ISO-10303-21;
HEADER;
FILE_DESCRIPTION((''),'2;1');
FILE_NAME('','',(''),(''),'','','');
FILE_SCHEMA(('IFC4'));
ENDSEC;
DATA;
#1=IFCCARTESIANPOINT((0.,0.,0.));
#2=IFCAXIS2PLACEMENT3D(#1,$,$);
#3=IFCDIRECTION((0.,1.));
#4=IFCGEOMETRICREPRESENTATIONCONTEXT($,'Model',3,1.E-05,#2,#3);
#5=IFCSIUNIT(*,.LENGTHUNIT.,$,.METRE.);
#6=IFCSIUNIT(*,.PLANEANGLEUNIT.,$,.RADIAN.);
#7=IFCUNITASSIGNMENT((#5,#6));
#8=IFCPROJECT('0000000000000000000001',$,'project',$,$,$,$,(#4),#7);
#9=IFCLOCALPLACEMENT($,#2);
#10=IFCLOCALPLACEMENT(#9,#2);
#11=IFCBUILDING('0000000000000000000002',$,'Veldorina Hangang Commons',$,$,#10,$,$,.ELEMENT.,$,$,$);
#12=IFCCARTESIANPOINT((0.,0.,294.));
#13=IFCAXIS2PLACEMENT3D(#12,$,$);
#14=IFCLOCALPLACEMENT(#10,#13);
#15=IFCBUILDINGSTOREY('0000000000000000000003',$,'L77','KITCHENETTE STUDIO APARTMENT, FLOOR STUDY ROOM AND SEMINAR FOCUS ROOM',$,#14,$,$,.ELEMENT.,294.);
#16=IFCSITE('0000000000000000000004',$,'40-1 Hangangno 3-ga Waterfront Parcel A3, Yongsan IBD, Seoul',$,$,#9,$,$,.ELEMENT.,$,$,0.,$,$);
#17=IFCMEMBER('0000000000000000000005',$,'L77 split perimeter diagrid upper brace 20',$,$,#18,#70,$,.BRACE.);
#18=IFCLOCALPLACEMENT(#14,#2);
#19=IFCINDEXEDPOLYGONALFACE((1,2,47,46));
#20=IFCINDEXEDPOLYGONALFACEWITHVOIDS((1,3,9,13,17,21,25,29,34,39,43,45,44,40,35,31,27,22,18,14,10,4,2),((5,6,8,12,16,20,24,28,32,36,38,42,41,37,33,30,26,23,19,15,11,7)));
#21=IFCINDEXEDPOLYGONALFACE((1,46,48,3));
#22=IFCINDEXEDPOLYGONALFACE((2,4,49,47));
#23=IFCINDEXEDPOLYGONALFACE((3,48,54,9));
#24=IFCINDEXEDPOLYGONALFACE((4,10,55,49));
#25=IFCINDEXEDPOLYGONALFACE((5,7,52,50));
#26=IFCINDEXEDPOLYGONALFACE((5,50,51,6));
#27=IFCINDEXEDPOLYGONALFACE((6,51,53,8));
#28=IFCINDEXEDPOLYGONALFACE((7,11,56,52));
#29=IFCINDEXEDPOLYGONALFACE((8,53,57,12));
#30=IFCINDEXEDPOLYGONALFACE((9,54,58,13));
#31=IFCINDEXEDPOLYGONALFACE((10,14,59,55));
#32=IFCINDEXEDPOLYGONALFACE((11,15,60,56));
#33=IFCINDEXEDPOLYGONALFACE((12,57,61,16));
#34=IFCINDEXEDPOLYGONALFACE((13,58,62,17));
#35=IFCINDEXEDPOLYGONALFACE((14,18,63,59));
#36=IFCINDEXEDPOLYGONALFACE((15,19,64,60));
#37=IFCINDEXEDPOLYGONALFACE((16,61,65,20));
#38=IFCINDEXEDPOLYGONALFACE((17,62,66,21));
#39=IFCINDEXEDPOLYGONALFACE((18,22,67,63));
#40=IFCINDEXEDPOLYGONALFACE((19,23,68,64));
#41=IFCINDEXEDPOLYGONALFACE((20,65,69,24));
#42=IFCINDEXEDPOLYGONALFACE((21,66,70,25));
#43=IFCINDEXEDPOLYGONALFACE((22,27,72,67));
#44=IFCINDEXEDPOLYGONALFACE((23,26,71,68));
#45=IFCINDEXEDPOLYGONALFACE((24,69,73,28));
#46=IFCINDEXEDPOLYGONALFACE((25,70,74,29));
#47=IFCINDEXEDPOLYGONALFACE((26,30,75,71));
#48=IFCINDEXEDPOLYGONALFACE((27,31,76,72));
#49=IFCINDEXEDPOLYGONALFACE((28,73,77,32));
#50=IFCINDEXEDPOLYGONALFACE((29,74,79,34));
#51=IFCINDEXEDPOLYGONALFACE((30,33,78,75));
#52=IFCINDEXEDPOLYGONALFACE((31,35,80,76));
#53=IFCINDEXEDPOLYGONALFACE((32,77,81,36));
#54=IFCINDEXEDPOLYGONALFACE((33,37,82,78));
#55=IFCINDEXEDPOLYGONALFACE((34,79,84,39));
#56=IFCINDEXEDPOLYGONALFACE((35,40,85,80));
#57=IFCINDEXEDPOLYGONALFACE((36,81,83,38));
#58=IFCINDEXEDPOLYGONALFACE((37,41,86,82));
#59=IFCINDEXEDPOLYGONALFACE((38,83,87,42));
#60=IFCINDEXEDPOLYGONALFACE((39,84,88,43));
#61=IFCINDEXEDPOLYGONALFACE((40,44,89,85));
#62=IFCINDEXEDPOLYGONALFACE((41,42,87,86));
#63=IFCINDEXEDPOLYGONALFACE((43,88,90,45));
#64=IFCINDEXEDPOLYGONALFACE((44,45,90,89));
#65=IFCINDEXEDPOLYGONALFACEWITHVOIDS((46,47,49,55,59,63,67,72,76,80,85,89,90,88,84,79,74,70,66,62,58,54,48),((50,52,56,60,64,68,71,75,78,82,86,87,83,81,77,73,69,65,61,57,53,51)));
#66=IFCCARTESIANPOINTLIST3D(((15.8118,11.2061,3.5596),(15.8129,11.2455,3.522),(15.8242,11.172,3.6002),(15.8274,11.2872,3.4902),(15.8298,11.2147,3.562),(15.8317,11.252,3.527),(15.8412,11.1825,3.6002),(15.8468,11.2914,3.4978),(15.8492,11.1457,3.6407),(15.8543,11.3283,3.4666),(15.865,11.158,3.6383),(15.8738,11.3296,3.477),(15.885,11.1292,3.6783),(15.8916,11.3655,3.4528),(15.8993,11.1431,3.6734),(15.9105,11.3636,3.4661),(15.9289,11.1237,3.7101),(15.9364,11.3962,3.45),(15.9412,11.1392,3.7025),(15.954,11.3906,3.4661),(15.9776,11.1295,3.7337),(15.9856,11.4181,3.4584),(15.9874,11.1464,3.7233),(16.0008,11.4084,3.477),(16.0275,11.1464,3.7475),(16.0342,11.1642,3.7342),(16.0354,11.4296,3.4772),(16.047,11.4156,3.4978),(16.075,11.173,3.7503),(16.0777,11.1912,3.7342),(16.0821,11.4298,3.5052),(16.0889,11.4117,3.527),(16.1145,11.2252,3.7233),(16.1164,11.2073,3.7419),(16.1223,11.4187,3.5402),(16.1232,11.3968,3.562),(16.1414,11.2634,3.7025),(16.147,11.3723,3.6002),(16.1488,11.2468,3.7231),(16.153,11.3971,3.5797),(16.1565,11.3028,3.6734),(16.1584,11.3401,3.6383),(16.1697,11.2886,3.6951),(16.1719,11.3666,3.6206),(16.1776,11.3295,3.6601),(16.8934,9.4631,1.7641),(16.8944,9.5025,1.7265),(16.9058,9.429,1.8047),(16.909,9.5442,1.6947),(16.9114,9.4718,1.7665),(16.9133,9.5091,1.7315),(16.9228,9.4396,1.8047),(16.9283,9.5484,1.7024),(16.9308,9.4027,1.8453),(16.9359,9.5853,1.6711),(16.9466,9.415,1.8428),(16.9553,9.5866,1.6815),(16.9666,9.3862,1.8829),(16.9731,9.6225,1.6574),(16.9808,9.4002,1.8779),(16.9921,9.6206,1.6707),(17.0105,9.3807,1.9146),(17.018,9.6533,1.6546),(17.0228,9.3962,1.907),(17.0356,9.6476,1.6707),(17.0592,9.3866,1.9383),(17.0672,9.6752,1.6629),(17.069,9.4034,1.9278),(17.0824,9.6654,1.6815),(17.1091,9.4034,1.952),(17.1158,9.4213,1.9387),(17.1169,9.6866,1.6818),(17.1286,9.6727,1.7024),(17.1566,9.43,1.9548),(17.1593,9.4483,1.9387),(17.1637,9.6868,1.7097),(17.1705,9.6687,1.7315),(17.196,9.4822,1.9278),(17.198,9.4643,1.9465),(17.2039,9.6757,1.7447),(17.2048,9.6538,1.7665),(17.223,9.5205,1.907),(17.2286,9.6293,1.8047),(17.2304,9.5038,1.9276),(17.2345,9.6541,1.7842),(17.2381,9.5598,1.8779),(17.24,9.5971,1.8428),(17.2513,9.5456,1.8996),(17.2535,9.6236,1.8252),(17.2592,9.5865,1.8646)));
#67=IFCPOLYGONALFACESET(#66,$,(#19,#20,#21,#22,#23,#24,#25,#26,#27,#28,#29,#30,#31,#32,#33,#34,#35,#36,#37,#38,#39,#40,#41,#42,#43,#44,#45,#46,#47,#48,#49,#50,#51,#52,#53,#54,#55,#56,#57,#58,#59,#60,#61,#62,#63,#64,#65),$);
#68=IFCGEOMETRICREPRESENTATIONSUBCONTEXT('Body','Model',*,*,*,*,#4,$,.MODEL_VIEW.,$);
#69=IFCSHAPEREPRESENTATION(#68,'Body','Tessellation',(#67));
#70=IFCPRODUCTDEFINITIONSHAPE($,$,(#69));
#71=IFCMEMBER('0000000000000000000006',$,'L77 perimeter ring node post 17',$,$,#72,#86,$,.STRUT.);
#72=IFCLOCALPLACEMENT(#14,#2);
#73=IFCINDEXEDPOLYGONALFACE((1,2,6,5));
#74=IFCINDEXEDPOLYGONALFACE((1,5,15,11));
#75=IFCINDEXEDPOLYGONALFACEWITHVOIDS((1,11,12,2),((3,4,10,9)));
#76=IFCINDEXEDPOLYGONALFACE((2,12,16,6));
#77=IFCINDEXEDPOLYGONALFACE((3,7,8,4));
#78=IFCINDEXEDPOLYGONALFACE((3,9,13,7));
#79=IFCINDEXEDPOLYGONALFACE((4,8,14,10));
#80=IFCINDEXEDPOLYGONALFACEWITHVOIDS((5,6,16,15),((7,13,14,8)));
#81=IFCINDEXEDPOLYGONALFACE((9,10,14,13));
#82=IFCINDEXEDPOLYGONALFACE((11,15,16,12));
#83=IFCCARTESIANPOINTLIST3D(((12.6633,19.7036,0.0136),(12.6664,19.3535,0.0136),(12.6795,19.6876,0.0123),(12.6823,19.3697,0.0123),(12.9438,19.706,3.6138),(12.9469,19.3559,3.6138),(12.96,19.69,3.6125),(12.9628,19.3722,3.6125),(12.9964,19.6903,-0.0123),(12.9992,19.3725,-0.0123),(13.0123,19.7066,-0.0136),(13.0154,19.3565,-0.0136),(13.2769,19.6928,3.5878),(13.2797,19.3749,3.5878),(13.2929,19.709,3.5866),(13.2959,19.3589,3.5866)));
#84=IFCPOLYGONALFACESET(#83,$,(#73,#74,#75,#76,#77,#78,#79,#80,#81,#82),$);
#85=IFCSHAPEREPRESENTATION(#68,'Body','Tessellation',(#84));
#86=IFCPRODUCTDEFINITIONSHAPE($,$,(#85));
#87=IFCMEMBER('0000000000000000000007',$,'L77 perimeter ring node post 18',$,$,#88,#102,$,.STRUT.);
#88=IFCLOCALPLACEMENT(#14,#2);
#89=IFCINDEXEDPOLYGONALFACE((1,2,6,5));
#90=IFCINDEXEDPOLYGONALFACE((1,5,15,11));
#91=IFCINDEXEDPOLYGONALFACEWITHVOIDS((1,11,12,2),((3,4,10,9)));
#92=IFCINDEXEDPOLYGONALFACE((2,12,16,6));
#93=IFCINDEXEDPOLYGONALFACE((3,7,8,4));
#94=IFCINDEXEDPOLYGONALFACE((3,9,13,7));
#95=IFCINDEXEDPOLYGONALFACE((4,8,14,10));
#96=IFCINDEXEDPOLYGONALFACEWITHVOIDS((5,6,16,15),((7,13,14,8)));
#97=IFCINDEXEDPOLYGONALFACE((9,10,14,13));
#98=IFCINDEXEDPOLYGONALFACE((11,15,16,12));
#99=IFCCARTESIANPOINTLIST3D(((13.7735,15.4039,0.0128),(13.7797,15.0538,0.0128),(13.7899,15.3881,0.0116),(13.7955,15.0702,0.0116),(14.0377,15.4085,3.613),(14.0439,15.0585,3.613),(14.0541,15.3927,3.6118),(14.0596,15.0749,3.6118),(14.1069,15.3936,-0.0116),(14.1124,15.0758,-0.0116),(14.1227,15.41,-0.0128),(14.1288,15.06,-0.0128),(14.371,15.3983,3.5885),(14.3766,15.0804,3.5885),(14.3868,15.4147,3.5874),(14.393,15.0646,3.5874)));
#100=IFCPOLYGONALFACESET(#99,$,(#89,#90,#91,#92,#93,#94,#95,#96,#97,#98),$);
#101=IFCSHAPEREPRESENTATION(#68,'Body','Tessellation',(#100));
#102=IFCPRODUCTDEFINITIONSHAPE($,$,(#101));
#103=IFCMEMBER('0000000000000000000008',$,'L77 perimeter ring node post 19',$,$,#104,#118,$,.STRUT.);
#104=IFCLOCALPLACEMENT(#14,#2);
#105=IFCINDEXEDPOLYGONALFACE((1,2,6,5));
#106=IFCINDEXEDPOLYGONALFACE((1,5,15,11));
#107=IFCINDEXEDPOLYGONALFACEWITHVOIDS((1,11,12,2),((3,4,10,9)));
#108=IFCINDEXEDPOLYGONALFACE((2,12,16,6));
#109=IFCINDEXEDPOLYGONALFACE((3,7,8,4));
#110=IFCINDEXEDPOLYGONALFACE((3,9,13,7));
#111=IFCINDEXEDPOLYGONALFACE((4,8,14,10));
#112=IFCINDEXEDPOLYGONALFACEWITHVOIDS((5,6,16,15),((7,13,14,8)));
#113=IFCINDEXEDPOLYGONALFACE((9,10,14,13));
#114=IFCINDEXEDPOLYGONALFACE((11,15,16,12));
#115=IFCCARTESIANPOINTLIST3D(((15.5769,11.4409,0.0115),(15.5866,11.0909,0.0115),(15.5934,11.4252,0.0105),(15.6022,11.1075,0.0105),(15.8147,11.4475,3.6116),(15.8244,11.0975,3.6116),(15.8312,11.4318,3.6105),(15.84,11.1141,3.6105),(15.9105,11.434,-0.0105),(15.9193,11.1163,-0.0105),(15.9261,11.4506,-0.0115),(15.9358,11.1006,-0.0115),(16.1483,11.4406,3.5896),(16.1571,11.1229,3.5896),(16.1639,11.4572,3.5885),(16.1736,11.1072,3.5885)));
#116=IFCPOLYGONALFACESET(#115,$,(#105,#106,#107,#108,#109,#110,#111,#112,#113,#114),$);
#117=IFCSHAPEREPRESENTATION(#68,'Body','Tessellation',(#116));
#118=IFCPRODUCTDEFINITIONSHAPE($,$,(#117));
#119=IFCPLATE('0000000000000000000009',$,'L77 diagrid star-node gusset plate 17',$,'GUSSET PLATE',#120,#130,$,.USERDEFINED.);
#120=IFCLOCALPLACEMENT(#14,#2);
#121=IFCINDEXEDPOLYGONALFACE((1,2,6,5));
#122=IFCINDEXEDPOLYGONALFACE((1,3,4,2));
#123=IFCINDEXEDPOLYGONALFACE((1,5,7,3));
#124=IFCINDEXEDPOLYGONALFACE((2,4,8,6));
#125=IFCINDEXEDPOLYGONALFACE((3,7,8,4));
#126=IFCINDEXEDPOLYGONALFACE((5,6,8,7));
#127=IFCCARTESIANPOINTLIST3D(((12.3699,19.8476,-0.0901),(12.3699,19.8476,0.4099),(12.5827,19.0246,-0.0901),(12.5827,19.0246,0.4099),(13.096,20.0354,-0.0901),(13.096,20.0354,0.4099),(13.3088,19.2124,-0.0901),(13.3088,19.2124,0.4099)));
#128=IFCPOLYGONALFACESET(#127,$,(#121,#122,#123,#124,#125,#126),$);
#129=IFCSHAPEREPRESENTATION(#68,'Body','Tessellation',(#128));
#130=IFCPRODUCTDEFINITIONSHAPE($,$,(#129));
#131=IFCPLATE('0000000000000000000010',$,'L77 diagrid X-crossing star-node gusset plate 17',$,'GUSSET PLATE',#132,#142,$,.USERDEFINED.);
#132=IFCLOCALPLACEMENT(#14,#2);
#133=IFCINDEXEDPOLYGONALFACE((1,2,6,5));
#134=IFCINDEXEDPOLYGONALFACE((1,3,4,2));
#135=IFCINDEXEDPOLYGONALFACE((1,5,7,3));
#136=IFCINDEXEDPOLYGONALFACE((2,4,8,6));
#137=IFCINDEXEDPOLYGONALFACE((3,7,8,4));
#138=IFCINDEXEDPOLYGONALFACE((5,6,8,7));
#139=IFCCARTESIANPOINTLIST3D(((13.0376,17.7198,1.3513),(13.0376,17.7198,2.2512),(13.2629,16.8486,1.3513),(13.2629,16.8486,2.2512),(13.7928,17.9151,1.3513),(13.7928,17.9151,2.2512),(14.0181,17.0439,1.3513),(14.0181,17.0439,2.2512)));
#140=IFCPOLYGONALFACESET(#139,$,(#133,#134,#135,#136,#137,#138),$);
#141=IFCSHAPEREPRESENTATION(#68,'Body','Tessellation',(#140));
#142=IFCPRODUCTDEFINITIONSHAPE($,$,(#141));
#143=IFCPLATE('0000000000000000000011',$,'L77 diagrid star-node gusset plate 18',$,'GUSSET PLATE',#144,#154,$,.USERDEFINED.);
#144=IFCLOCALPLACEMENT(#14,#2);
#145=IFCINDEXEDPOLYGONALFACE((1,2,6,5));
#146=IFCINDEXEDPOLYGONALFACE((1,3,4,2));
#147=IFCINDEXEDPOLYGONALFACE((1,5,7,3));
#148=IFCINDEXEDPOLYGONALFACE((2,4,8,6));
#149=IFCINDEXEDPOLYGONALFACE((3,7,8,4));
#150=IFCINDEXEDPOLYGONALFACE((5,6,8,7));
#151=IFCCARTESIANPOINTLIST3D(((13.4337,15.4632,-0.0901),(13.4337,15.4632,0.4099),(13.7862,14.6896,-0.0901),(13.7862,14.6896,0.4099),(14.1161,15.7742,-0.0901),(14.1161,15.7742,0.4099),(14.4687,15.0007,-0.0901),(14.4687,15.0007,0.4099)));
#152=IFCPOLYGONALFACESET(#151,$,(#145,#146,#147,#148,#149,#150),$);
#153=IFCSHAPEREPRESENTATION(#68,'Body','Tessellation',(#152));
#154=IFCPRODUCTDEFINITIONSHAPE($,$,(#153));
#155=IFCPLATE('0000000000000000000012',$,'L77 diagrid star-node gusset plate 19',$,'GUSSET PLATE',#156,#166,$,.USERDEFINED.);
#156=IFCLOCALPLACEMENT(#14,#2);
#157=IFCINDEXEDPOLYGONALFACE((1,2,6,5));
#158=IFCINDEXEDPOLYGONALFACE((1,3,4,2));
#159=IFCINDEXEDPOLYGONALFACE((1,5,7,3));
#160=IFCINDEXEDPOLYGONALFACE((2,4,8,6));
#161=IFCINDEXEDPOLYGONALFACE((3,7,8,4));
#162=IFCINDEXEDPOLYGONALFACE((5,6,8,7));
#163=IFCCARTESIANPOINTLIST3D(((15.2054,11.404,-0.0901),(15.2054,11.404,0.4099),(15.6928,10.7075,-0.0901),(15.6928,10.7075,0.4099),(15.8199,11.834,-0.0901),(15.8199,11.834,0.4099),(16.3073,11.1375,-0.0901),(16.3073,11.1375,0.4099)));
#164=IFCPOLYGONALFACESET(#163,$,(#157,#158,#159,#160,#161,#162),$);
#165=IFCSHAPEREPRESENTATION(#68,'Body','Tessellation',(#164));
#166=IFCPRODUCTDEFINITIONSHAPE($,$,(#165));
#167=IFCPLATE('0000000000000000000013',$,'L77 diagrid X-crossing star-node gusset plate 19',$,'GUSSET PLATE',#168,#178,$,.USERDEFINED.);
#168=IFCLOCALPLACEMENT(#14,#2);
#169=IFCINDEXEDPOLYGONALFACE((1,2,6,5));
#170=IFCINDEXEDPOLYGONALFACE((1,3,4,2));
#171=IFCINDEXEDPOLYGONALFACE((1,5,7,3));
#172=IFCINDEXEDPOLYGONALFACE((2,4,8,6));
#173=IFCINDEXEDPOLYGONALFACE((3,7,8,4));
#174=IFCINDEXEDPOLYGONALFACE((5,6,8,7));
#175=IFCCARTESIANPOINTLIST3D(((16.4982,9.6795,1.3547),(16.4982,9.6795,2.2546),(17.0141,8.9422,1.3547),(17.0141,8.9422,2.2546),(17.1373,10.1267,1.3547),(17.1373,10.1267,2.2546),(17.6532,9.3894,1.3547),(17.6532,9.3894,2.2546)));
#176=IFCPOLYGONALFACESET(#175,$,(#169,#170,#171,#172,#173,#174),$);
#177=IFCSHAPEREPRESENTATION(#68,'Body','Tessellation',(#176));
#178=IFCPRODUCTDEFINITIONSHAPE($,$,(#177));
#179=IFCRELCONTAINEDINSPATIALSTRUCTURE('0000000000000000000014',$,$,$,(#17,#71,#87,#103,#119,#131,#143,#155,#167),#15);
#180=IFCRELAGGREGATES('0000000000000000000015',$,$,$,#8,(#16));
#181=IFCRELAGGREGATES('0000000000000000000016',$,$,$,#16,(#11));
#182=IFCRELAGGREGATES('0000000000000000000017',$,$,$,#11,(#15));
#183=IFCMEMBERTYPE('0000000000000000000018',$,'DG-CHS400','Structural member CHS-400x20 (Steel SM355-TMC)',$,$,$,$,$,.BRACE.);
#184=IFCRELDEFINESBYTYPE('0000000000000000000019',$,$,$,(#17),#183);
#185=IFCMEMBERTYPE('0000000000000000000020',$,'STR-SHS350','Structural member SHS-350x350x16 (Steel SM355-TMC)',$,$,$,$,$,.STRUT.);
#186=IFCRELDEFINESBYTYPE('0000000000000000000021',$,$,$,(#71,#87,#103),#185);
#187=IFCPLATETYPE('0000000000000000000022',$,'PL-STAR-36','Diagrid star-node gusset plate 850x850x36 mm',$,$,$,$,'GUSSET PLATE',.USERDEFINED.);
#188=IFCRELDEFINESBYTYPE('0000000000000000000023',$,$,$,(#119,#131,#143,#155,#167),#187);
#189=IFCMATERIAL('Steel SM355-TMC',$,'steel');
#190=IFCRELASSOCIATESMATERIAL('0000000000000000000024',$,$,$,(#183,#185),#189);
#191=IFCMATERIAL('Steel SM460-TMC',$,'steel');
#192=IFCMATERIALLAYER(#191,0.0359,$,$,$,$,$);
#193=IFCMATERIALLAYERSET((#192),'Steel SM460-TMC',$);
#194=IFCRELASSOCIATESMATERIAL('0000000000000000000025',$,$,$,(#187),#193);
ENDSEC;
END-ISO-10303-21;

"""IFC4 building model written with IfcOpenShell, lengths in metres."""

from ifc_helpers import new_model, si_unit, direction, frame, origin, origin_2d, place, context, subcontext, project, spatial, rectangle, hollow_rectangle, hollow_circle, extrude, material, layer, layer_set, material_profile, profile_set, type_object, element, save


model = new_model("IFC4")

# Units and contexts
model_context = context("Model", 3, precision=1e-05, world=origin(), true_north=direction((0.0, 1.0)))
body_context = subcontext(model_context, "Body", "Model", "MODEL_VIEW")
ifc_project = project(units=[si_unit("LENGTHUNIT", "METRE"), si_unit("PLANEANGLEUNIT", "RADIAN")], contexts=[model_context])

# Site, building, storey
site_placement = place(None, origin())
site = spatial("IfcSite", under=ifc_project, at=site_placement, Name="40-1 Hangangno 3-ga Waterfront Parcel A3, Yongsan IBD, Seoul", CompositionType="ELEMENT", RefElevation=0.0)
building_placement = place(site_placement, origin())
building = spatial("IfcBuilding", under=site, at=building_placement, Name="Veldorina Hangang Commons", CompositionType="ELEMENT")
storey_placement = place(building_placement, frame((0.0, 0.0, 294.0)))
storey = spatial("IfcBuildingStorey", under=building, at=storey_placement, Name="L77", Description="KITCHENETTE STUDIO APARTMENT, FLOOR STUDY ROOM AND SEMINAR FOCUS ROOM", CompositionType="ELEMENT", Elevation=294.0)

# Shared definitions
ifc_material_1 = material(Name="Steel SM460-TMC", Category="steel")

# Members
ifc_material_2 = material(Name="Steel SM355-TMC", Category="steel")
ifc_material_profile_1 = material_profile(ifc_material_2, hollow_circle(Radius=0.2, WallThickness=0.02, at=origin_2d()), Name="CHS-400x20")
ifc_profile_set_1 = profile_set([ifc_material_profile_1], Name="Steel SM355-TMC")
member_type_1 = type_object("IfcMemberType", Name="DG-CHS400", Description="Structural member CHS-400x20 (Steel SM355-TMC)", PredefinedType="BRACE", material=ifc_profile_set_1)
member_1_placement = place(storey_placement, frame((17.0757, 9.5344, 1.8047), z_axis=(-0.396753, 0.639372, 0.658628), x_axis=(-0.849699, -0.527268, 0.0)))
element("IfcMember", 1, at=member_1_placement, inside=storey, type_object=member_type_1, Name="L77 split perimeter diagrid upper brace 20", PredefinedType="BRACE", context=body_context, shape_type="SweptSolid", body=[
    extrude(hollow_circle(Radius=0.2, WallThickness=0.02, at=origin_2d()), origin(), (0.0, 0.0, 1.0), 2.7261),
])
ifc_material_profile_2 = material_profile(ifc_material_2, hollow_rectangle(XDim=0.3501, YDim=0.3501, WallThickness=0.0161, at=origin_2d()), Name="SHS-350x350x16")
ifc_profile_set_2 = profile_set([ifc_material_profile_2], Name="Steel SM355-TMC")
member_type_2 = type_object("IfcMemberType", Name="STR-SHS350", Description="Structural member SHS-350x350x16 (Steel SM355-TMC)", PredefinedType="STRUT", material=ifc_profile_set_2)
member_2_placement = place(storey_placement, frame((12.8394, 19.53, 0.0), z_axis=(0.077684, 0.000676, 0.996978), x_axis=(-0.008703, 0.999962, 0.0)))
element("IfcMember", 2, at=member_2_placement, inside=storey, type_object=member_type_2, Name="L77 perimeter ring node post 17", PredefinedType="STRUT", context=body_context, shape_type="SweptSolid", body=[
    extrude(hollow_rectangle(XDim=0.3501, YDim=0.3501, WallThickness=0.0161, at=origin_2d()), origin(), (0.0, 0.0, 1.0), 3.6111),
])
member_3_placement = place(storey_placement, frame((13.9512, 15.2319, 0.0), z_axis=(0.073179, 0.001285, 0.997318), x_axis=(-0.017557, 0.999846, 0.0)))
element("IfcMember", 3, at=member_3_placement, inside=storey, type_object=member_type_2, Name="L77 perimeter ring node post 18", PredefinedType="STRUT", context=body_context, shape_type="SweptSolid", body=[
    extrude(hollow_rectangle(XDim=0.3501, YDim=0.3501, WallThickness=0.0161, at=origin_2d()), origin(), (0.0, 0.0, 1.0), 3.6099),
])
member_4_placement = place(storey_placement, frame((15.7563, 11.2708, 0.0), z_axis=(0.065908, 0.001827, 0.997824), x_axis=(-0.02771, 0.999616, 0.0)))
element("IfcMember", 4, at=member_4_placement, inside=storey, type_object=member_type_2, Name="L77 perimeter ring node post 19", PredefinedType="STRUT", context=body_context, shape_type="SweptSolid", body=[
    extrude(hollow_rectangle(XDim=0.3501, YDim=0.3501, WallThickness=0.0161, at=origin_2d()), origin(), (0.0, 0.0, 1.0), 3.6079),
])

# Plates
ifc_layer_1 = layer(ifc_material_1, 0.0359)
ifc_layer_set_1 = layer_set([ifc_layer_1], Name="Steel SM460-TMC")
plate_type = type_object("IfcPlateType", Name="PL-STAR-36", Description="Diagrid star-node gusset plate 850x850x36 mm", ElementType="GUSSET PLATE", PredefinedType="USERDEFINED", material=ifc_layer_set_1)
plate_1_placement = place(storey_placement, frame((12.8394, 19.53, -0.0901), z_axis=(0.0, 0.0, 1.0), x_axis=(0.250397, -0.968143, 0.0)))
element("IfcPlate", 5, at=plate_1_placement, inside=storey, type_object=plate_type, Name="L77 diagrid star-node gusset plate 17", ObjectType="GUSSET PLATE", PredefinedType="USERDEFINED", context=body_context, shape_type="SweptSolid", body=[
    extrude(rectangle(XDim=0.8501, YDim=0.75, at=origin_2d()), origin(), (0.0, 0.0, 1.0), 0.5),
])
plate_2_placement = place(storey_placement, frame((13.5278, 17.3818, 1.3513), z_axis=(0.0, 0.0, 1.0), x_axis=(0.250397, -0.968143, 0.0)))
element("IfcPlate", 6, at=plate_2_placement, inside=storey, type_object=plate_type, Name="L77 diagrid X-crossing star-node gusset plate 17", ObjectType="GUSSET PLATE", PredefinedType="USERDEFINED", context=body_context, shape_type="SweptSolid", body=[
    extrude(rectangle(XDim=0.8999, YDim=0.78, at=origin_2d()), origin(), (0.0, 0.0, 1.0), 0.8999),
])
for number, where, z_axis, x_axis, name in (
    (7, (13.9512, 15.2319, -0.0901), (0.0, 0.0, 1.0), (0.414709, -0.909954, 0.0), "L77 diagrid star-node gusset plate 18"),
    (8, (15.7563, 11.2708, -0.0901), (0.0, 0.0, 1.0), (0.573333, -0.819322, 0.0), "L77 diagrid star-node gusset plate 19"),
):
    element("IfcPlate", number, at=place(storey_placement, frame(where, z_axis=z_axis, x_axis=x_axis)), inside=storey, type_object=plate_type, Name=name, ObjectType="GUSSET PLATE", PredefinedType="USERDEFINED", context=body_context, shape_type="SweptSolid", body=[
        extrude(rectangle(XDim=0.8501, YDim=0.75, at=origin_2d()), origin(), (0.0, 0.0, 1.0), 0.5),
    ])
plate_3_placement = place(storey_placement, frame((17.0757, 9.5344, 1.3547), z_axis=(0.0, 0.0, 1.0), x_axis=(0.573333, -0.819322, 0.0)))
element("IfcPlate", 9, at=plate_3_placement, inside=storey, type_object=plate_type, Name="L77 diagrid X-crossing star-node gusset plate 19", ObjectType="GUSSET PLATE", PredefinedType="USERDEFINED", context=body_context, shape_type="SweptSolid", body=[
    extrude(rectangle(XDim=0.8999, YDim=0.78, at=origin_2d()), origin(), (0.0, 0.0, 1.0), 0.8999),
])

save(model, "model.ifc")
